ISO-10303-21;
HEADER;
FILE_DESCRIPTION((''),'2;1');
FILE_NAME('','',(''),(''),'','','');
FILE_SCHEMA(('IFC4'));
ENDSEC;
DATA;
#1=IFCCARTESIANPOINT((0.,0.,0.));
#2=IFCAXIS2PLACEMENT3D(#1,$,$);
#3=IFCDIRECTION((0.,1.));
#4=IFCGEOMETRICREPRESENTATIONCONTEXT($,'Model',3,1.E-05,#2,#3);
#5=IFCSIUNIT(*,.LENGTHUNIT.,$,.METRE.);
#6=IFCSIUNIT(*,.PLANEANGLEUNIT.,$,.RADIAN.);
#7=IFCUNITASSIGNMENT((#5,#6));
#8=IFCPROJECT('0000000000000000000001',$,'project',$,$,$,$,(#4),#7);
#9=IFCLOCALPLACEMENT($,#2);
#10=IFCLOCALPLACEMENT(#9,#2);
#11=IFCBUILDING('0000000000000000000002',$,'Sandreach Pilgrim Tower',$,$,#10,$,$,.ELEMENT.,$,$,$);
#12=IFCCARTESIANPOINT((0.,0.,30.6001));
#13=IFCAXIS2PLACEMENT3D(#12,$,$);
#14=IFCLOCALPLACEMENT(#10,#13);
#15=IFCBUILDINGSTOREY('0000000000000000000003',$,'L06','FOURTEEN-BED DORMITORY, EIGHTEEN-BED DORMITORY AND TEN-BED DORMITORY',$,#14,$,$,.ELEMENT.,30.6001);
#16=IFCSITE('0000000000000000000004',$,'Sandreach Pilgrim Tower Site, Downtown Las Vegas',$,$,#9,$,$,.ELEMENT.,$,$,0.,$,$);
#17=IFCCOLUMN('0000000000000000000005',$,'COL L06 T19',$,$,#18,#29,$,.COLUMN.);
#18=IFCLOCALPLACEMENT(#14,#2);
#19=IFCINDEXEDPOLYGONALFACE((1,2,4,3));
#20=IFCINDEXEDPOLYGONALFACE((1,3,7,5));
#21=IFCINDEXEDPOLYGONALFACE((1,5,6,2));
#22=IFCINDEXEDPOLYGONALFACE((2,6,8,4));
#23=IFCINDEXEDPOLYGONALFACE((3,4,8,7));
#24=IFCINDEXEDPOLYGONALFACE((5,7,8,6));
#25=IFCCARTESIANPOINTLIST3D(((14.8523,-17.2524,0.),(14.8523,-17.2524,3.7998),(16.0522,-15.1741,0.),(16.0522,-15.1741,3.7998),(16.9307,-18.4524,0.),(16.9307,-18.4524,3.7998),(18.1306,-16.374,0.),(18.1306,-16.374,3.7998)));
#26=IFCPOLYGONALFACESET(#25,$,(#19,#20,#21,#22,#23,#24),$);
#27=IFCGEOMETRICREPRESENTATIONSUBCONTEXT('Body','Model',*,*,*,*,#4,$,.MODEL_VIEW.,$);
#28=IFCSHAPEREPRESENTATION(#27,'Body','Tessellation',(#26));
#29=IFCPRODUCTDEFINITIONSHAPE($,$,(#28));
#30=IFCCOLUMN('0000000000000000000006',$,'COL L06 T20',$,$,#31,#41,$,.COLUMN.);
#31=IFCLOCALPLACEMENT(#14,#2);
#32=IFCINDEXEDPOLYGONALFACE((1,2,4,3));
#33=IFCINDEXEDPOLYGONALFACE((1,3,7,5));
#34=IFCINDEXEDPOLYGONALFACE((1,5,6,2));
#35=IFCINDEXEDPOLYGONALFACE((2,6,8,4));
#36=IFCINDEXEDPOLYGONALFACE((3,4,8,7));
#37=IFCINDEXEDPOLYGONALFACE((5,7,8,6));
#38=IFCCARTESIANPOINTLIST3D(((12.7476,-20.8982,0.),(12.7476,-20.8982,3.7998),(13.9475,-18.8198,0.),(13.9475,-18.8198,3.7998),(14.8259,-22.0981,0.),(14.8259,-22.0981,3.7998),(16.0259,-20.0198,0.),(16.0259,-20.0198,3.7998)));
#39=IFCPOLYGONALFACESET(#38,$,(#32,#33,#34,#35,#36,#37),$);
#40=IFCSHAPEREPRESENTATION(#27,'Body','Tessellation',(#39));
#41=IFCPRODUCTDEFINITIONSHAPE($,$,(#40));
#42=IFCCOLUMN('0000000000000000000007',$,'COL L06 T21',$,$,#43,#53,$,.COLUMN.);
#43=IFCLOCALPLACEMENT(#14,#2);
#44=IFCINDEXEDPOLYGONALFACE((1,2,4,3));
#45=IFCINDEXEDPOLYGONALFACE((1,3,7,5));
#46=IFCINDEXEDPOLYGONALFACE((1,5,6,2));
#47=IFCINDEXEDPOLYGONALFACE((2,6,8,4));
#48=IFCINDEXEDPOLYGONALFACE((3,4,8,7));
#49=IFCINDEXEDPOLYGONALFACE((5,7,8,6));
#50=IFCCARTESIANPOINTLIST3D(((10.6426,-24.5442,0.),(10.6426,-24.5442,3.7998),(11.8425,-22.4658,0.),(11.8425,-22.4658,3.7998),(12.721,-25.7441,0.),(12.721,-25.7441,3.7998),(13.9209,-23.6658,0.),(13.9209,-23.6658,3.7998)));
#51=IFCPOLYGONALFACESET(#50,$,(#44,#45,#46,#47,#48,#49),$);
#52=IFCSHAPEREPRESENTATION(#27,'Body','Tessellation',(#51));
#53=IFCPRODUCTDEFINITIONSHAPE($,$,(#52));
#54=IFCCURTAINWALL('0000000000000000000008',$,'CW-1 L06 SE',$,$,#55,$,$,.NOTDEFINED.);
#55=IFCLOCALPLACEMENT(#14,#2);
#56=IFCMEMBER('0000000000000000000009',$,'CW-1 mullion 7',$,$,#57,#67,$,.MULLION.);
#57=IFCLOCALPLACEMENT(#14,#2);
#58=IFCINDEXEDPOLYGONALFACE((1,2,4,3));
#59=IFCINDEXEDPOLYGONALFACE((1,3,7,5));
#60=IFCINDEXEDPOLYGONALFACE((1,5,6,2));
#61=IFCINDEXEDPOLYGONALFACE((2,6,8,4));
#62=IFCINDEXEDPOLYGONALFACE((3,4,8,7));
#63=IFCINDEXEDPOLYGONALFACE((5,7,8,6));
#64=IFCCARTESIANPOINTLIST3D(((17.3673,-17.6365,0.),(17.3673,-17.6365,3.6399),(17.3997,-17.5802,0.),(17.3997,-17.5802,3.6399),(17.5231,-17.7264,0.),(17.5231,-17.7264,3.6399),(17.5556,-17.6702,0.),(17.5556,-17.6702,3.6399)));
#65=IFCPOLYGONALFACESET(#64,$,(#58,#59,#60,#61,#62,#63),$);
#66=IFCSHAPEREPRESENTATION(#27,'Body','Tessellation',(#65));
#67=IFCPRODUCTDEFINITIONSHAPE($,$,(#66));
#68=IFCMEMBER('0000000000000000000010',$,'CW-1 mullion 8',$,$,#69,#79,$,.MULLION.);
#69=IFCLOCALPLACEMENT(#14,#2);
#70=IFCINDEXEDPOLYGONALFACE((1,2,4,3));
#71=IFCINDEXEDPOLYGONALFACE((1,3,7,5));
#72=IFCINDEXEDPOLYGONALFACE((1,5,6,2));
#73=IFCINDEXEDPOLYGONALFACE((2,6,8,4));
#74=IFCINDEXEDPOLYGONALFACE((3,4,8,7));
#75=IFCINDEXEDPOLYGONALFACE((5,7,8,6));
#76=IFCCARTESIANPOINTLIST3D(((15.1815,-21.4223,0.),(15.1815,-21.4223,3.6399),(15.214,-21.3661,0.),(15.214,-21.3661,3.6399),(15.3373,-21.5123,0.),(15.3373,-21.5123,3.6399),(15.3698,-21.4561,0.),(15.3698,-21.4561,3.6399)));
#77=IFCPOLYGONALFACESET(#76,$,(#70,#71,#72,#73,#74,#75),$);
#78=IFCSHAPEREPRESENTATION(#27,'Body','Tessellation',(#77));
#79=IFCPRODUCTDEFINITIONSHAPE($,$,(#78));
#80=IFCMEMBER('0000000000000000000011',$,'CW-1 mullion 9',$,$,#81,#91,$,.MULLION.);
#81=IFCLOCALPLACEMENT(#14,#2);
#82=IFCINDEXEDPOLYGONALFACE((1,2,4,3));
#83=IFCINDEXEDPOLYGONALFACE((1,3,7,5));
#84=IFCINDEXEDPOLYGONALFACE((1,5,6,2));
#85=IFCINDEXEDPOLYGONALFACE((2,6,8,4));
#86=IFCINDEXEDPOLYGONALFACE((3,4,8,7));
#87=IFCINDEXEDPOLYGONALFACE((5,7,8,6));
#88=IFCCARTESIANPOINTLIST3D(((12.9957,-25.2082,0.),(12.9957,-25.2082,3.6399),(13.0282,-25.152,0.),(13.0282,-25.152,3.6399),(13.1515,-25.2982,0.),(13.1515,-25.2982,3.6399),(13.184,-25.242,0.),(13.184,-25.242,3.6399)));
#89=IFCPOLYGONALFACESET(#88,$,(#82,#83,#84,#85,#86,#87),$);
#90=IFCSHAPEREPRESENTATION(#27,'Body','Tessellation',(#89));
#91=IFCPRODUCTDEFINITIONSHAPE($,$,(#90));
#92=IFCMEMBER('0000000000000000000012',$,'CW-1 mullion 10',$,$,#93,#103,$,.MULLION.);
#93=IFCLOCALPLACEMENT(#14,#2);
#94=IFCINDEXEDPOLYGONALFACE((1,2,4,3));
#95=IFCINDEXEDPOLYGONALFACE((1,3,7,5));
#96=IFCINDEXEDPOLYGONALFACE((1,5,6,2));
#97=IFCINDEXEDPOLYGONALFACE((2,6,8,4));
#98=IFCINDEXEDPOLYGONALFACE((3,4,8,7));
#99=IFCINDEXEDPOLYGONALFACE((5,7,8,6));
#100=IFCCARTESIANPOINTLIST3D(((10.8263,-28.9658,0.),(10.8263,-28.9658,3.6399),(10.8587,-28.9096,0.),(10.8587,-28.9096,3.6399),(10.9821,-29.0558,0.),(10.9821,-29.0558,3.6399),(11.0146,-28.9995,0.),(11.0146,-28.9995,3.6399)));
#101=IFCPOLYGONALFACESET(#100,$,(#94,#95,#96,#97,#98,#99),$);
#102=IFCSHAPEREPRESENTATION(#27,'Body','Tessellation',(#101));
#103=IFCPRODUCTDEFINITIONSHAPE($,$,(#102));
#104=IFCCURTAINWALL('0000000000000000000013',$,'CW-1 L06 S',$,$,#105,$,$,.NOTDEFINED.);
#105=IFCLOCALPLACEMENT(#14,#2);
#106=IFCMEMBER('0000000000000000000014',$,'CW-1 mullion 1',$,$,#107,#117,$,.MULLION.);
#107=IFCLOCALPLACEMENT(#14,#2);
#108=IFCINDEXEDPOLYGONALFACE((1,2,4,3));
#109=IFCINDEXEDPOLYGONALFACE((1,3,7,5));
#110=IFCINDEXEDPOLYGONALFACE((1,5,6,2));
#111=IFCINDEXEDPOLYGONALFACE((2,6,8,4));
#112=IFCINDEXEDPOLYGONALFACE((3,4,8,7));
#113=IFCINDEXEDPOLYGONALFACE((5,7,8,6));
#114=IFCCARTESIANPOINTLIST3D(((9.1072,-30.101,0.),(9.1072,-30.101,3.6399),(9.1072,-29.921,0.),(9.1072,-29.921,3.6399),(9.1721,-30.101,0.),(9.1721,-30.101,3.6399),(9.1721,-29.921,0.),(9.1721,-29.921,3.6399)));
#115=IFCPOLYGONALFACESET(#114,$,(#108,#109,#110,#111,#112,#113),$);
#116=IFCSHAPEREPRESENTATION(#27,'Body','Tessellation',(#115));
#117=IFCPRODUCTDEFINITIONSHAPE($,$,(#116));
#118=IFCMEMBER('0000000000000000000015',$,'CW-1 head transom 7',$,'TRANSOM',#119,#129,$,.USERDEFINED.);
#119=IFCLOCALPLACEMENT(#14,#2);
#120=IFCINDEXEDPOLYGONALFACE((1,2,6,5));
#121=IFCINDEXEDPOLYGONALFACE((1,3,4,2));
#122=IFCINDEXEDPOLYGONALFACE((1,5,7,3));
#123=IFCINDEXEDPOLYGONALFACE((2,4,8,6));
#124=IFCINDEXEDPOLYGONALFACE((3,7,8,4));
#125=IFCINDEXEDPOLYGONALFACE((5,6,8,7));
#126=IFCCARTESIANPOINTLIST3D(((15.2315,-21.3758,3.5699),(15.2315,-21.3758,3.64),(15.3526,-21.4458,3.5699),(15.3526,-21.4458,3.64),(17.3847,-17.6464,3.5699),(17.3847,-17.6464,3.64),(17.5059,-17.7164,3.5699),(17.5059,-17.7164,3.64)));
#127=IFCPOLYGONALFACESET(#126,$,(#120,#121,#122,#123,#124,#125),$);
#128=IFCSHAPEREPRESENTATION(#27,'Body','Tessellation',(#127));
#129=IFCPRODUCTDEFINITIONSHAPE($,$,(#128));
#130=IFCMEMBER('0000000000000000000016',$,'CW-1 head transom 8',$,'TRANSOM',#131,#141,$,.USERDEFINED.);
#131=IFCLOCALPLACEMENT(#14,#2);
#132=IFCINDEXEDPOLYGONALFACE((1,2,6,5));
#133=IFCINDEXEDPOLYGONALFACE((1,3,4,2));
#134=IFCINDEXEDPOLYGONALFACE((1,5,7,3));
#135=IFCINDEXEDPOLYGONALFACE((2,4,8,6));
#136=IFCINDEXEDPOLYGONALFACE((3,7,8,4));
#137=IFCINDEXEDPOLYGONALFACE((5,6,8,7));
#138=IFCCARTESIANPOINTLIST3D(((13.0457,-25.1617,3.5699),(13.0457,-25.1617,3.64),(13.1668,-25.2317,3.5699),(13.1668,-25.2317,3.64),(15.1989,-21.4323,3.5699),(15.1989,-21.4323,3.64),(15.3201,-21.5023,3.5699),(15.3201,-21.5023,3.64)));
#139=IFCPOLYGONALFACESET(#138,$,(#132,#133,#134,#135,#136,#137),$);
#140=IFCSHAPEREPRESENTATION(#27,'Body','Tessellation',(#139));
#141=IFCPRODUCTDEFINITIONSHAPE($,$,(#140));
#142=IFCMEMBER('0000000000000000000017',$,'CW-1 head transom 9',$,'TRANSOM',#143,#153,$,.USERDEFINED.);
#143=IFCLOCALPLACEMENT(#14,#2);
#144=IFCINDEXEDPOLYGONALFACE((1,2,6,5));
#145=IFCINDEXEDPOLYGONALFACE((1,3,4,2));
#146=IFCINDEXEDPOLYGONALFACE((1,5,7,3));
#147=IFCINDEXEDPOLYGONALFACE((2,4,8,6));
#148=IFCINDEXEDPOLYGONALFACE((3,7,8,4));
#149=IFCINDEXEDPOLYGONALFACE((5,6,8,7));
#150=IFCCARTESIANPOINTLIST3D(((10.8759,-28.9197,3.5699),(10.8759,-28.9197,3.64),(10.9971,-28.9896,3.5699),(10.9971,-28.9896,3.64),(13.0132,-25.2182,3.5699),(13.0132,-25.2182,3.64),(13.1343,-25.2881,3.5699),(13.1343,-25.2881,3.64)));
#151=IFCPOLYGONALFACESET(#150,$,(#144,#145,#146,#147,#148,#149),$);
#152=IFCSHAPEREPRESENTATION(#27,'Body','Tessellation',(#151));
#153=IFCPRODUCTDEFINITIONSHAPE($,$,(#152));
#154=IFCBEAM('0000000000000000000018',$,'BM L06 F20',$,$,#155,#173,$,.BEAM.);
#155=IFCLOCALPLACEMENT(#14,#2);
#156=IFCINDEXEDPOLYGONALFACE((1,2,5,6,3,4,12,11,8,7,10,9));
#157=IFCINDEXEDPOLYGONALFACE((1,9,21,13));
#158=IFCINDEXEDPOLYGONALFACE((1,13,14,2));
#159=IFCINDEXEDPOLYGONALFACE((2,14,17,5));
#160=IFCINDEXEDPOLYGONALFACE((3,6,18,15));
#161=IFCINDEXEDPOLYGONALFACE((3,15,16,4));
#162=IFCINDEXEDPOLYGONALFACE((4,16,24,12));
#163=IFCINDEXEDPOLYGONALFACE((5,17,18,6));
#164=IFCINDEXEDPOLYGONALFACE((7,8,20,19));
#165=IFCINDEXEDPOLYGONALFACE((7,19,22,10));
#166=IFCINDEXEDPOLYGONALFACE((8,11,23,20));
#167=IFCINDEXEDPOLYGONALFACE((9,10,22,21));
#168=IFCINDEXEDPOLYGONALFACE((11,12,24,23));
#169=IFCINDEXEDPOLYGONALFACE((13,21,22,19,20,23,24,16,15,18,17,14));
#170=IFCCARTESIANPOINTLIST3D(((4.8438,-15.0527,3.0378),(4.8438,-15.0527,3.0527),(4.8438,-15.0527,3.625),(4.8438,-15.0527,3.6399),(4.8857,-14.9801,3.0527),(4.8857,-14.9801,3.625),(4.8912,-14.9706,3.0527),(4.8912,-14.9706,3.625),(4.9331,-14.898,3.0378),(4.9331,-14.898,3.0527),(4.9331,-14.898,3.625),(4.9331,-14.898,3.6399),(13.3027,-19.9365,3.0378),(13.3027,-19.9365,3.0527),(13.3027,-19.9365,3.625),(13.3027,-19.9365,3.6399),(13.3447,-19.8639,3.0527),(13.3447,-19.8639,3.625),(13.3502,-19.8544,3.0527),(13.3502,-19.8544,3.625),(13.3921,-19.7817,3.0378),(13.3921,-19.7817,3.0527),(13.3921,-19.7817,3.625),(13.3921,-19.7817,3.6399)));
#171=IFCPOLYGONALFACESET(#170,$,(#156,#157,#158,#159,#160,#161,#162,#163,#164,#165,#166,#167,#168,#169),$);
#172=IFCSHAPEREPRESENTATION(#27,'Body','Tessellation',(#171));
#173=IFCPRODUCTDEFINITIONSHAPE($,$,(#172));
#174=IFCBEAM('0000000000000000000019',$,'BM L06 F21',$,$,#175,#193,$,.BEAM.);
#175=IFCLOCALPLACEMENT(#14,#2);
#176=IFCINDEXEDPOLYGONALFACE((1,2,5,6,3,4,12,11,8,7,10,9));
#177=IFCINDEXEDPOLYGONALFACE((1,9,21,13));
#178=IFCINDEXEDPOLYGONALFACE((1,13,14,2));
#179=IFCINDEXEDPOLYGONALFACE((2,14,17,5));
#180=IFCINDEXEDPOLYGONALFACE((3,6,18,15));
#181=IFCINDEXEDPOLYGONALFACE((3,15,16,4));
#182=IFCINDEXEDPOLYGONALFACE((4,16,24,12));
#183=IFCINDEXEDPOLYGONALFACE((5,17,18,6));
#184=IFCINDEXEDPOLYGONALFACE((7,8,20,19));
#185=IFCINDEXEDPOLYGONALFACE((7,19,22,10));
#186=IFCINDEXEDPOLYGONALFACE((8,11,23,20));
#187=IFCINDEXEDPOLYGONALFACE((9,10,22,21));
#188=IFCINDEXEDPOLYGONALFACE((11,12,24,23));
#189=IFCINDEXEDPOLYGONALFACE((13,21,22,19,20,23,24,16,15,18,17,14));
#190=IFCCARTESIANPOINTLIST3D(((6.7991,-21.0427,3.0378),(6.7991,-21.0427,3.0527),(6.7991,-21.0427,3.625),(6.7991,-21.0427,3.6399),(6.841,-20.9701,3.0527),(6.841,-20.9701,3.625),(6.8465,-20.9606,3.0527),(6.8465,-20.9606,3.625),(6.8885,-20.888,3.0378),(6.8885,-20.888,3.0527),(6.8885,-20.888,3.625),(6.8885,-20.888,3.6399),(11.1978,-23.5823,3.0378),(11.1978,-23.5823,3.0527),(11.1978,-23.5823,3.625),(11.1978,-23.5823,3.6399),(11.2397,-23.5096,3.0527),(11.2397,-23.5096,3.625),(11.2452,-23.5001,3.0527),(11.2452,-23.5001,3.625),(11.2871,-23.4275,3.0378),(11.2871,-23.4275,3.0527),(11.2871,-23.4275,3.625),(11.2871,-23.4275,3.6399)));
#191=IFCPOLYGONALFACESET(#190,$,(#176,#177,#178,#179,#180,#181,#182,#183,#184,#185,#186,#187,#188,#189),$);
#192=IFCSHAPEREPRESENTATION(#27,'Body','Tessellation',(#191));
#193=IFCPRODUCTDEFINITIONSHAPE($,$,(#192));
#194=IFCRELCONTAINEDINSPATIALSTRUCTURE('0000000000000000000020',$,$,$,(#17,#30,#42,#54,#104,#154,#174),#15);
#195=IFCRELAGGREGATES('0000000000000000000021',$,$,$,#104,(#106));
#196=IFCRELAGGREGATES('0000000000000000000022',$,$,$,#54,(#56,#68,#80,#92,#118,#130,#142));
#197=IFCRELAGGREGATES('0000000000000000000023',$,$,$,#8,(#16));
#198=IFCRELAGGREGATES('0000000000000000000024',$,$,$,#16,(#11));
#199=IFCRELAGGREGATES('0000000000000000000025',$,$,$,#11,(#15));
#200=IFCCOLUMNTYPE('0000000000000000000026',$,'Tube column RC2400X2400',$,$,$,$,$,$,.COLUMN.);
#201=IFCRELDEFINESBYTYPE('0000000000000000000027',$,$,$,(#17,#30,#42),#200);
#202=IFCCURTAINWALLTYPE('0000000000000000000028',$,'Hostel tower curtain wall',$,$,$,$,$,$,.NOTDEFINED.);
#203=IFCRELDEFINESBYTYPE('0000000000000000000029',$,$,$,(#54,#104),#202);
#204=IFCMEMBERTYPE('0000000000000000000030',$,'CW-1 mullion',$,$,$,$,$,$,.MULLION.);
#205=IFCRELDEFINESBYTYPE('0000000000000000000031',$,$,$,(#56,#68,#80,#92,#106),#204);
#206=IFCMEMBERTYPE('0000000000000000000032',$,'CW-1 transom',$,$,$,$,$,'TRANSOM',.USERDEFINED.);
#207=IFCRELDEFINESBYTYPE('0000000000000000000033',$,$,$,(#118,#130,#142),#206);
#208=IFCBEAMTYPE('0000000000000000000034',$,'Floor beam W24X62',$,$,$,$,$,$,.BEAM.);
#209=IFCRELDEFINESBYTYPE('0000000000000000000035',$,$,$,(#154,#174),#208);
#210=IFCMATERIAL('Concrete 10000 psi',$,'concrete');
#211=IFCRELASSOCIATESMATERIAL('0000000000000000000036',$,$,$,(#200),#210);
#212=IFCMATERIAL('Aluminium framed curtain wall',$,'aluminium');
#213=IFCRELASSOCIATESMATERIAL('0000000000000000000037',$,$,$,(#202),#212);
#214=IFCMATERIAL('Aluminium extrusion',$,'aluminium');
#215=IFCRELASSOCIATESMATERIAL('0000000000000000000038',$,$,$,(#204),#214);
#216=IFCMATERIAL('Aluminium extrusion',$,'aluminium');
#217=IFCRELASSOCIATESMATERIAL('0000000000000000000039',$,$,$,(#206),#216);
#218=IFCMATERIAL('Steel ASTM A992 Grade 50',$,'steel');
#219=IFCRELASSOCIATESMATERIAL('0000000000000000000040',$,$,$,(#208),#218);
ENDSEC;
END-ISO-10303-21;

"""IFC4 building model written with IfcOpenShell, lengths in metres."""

from ifc_helpers import new_model, si_unit, direction, frame, origin, origin_2d, place, context, subcontext, project, spatial, rectangle, i_section, extrude, material, material_profile, profile_set, type_object, element, aggregate, save


model = new_model("IFC4")

# Units and contexts
model_context = context("Model", 3, precision=1e-05, world=origin(), true_north=direction((0.0, 1.0)))
body_context = subcontext(model_context, "Body", "Model", "MODEL_VIEW")
ifc_project = project(units=[si_unit("LENGTHUNIT", "METRE"), si_unit("PLANEANGLEUNIT", "RADIAN")], contexts=[model_context])

# Site, building, storey
site_placement = place(None, origin())
site = spatial("IfcSite", under=ifc_project, at=site_placement, Name="Sandreach Pilgrim Tower Site, Downtown Las Vegas", CompositionType="ELEMENT", RefElevation=0.0)
building_placement = place(site_placement, origin())
building = spatial("IfcBuilding", under=site, at=building_placement, Name="Sandreach Pilgrim Tower", CompositionType="ELEMENT")
storey_placement = place(building_placement, frame((0.0, 0.0, 30.6001)))
storey = spatial("IfcBuildingStorey", under=building, at=storey_placement, Name="L06", Description="FOURTEEN-BED DORMITORY, EIGHTEEN-BED DORMITORY AND TEN-BED DORMITORY", CompositionType="ELEMENT", Elevation=30.6001)

# Columns
ifc_material_1 = material(Name="Concrete 10000 psi", Category="concrete")
ifc_material_profile_1 = material_profile(ifc_material_1, rectangle(XDim=2.3999, YDim=2.3999, at=origin_2d()), Name="RC2400X2400")
ifc_profile_set_1 = profile_set([ifc_material_profile_1], Name="Concrete 10000 psi")
column_type = type_object("IfcColumnType", Name="Tube column RC2400X2400", PredefinedType="COLUMN", material=ifc_profile_set_1)
for number, where, z_axis, x_axis, name in (
    (1, (16.4915, -16.8132, 0.0), (0.0, 0.0, 1.0), (0.866025, -0.5, 0.0), "COL L06 T19"),
    (2, (14.3867, -20.459, 0.0), (0.0, 0.0, 1.0), (0.866025, -0.5, 0.0), "COL L06 T20"),
    (3, (12.2817, -24.105, 0.0), (0.0, 0.0, 1.0), (0.866025, -0.5, 0.0), "COL L06 T21"),
):
    element("IfcColumn", number, at=place(storey_placement, frame(where, z_axis=z_axis, x_axis=x_axis)), inside=storey, type_object=column_type, Name=name, PredefinedType="COLUMN", context=body_context, shape_type="SweptSolid", body=[
        extrude(rectangle(XDim=2.3999, YDim=2.3999, at=origin_2d()), origin(), (0.0, 0.0, 1.0), 3.7998),
    ])

# Curtain wall, members
ifc_material_2 = material(Name="Aluminium framed curtain wall", Category="aluminium")
curtain_wall_type = type_object("IfcCurtainWallType", Name="Hostel tower curtain wall", PredefinedType="NOTDEFINED", material=ifc_material_2)
curtain_wall_1_placement = place(storey_placement, origin())
curtain_wall_1 = element("IfcCurtainWall", 4, at=curtain_wall_1_placement, inside=storey, type_object=curtain_wall_type, Name="CW-1 L06 SE", PredefinedType="NOTDEFINED")
ifc_material_3 = material(Name="Aluminium extrusion", Category="aluminium")
ifc_material_profile_2 = material_profile(ifc_material_3, rectangle(XDim=0.0649, YDim=0.1799, at=origin_2d()), Name="CW-1M 65X180")
ifc_profile_set_2 = profile_set([ifc_material_profile_2], Name="Aluminium extrusion")
member_type_1 = type_object("IfcMemberType", Name="CW-1 mullion", PredefinedType="MULLION", material=ifc_profile_set_2)
member_1_placement = place(storey_placement, frame((17.4614, -17.6533, 0.0), z_axis=(0.0, 0.0, 1.0), x_axis=(-0.5, -0.866025, 0.0)))
member_1 = element("IfcMember", 5, at=member_1_placement, type_object=member_type_1, Name="CW-1 mullion 7", PredefinedType="MULLION", context=body_context, shape_type="SweptSolid", body=[
    extrude(rectangle(XDim=0.0649, YDim=0.1799, at=origin_2d()), origin(), (0.0, 0.0, 1.0), 3.6399),
])
member_2_placement = place(storey_placement, frame((15.2756, -21.4392, 0.0), z_axis=(0.0, 0.0, 1.0), x_axis=(-0.5, -0.866025, 0.0)))
member_2 = element("IfcMember", 6, at=member_2_placement, type_object=member_type_1, Name="CW-1 mullion 8", PredefinedType="MULLION", context=body_context, shape_type="SweptSolid", body=[
    extrude(rectangle(XDim=0.0649, YDim=0.1799, at=origin_2d()), origin(), (0.0, 0.0, 1.0), 3.6399),
])
member_3_placement = place(storey_placement, frame((13.0898, -25.2251, 0.0), z_axis=(0.0, 0.0, 1.0), x_axis=(-0.5, -0.866025, 0.0)))
member_3 = element("IfcMember", 7, at=member_3_placement, type_object=member_type_1, Name="CW-1 mullion 9", PredefinedType="MULLION", context=body_context, shape_type="SweptSolid", body=[
    extrude(rectangle(XDim=0.0649, YDim=0.1799, at=origin_2d()), origin(), (0.0, 0.0, 1.0), 3.6399),
])
member_4_placement = place(storey_placement, frame((10.9204, -28.9827, 0.0), z_axis=(0.0, 0.0, 1.0), x_axis=(-0.5, -0.866025, 0.0)))
member_4 = element("IfcMember", 8, at=member_4_placement, type_object=member_type_1, Name="CW-1 mullion 10", PredefinedType="MULLION", context=body_context, shape_type="SweptSolid", body=[
    extrude(rectangle(XDim=0.0649, YDim=0.1799, at=origin_2d()), origin(), (0.0, 0.0, 1.0), 3.6399),
])

# Curtain wall, member
curtain_wall_2_placement = place(storey_placement, origin())
curtain_wall_2 = element("IfcCurtainWall", 9, at=curtain_wall_2_placement, inside=storey, type_object=curtain_wall_type, Name="CW-1 L06 S", PredefinedType="NOTDEFINED")
member_5_placement = place(storey_placement, frame((9.1396, -30.011, 0.0), z_axis=(0.0, 0.0, 1.0), x_axis=(-1.0, 0.0, 0.0)))
member_5 = element("IfcMember", 10, at=member_5_placement, type_object=member_type_1, Name="CW-1 mullion 1", PredefinedType="MULLION", context=body_context, shape_type="SweptSolid", body=[
    extrude(rectangle(XDim=0.0649, YDim=0.1799, at=origin_2d()), origin(), (0.0, 0.0, 1.0), 3.6399),
])
aggregate(curtain_wall_2, [member_5])

# Members
ifc_material_4 = material(Name="Aluminium extrusion", Category="aluminium")
ifc_material_profile_3 = material_profile(ifc_material_4, rectangle(XDim=0.1399, YDim=0.0701, at=origin_2d()), Name="CW-1T 140X70")
ifc_profile_set_3 = profile_set([ifc_material_profile_3], Name="Aluminium extrusion")
member_type_2 = type_object("IfcMemberType", Name="CW-1 transom", ElementType="TRANSOM", PredefinedType="USERDEFINED", material=ifc_profile_set_3)
member_6_placement = place(storey_placement, frame((17.4453, -17.6814, 3.605), z_axis=(-0.500017, -0.866016, 0.0), x_axis=(0.866016, -0.500017, 0.0)))
member_6 = element("IfcMember", 11, at=member_6_placement, type_object=member_type_2, Name="CW-1 head transom 7", ObjectType="TRANSOM", PredefinedType="USERDEFINED", context=body_context, shape_type="SweptSolid", body=[
    extrude(rectangle(XDim=0.1399, YDim=0.0701, at=origin_2d()), origin(), (0.0, 0.0, 1.0), 4.3064),
])
member_7_placement = place(storey_placement, frame((15.2595, -21.4673, 3.605), z_axis=(-0.500017, -0.866016, 0.0), x_axis=(0.866016, -0.500017, 0.0)))
member_7 = element("IfcMember", 12, at=member_7_placement, type_object=member_type_2, Name="CW-1 head transom 8", ObjectType="TRANSOM", PredefinedType="USERDEFINED", context=body_context, shape_type="SweptSolid", body=[
    extrude(rectangle(XDim=0.1399, YDim=0.0701, at=origin_2d()), origin(), (0.0, 0.0, 1.0), 4.3064),
])
member_8_placement = place(storey_placement, frame((13.0737, -25.2532, 3.605), z_axis=(-0.500034, -0.866006, 0.0), x_axis=(0.866006, -0.500034, 0.0)))
member_8 = element("IfcMember", 13, at=member_8_placement, type_object=member_type_2, Name="CW-1 head transom 9", ObjectType="TRANSOM", PredefinedType="USERDEFINED", context=body_context, shape_type="SweptSolid", body=[
    extrude(rectangle(XDim=0.1399, YDim=0.0701, at=origin_2d()), origin(), (0.0, 0.0, 1.0), 4.2742),
])

# Beams
ifc_material_5 = material(Name="Steel ASTM A992 Grade 50", Category="steel")
ifc_material_profile_4 = material_profile(ifc_material_5, i_section(OverallWidth=0.1787, OverallDepth=0.6021, WebThickness=0.011, FlangeThickness=0.0149, at=origin_2d()), Name="W24X62")
ifc_profile_set_4 = profile_set([ifc_material_profile_4], Name="Steel ASTM A992 Grade 50")
beam_type_1 = type_object("IfcBeamType", Name="Floor beam W24X62", PredefinedType="BEAM", material=ifc_profile_set_4)
beam_1_placement = place(storey_placement, frame((13.3474, -19.8591, 3.3389), z_axis=(-0.866026, 0.499999, 0.0), x_axis=(-0.499999, -0.866026, 0.0)))
element("IfcBeam", 14, at=beam_1_placement, inside=storey, type_object=beam_type_1, Name="BM L06 F20", PredefinedType="BEAM", context=body_context, shape_type="SweptSolid", body=[
    extrude(i_section(OverallWidth=0.1787, OverallDepth=0.6021, WebThickness=0.011, FlangeThickness=0.0149, at=origin_2d()), origin(), (0.0, 0.0, 1.0), 9.7676),
])
beam_2_placement = place(storey_placement, frame((11.2424, -23.5049, 3.3389), z_axis=(-0.866028, 0.499996, 0.0), x_axis=(-0.499996, -0.866028, 0.0)))
element("IfcBeam", 15, at=beam_2_placement, inside=storey, type_object=beam_type_1, Name="BM L06 F21", PredefinedType="BEAM", context=body_context, shape_type="SweptSolid", body=[
    extrude(i_section(OverallWidth=0.1787, OverallDepth=0.6021, WebThickness=0.011, FlangeThickness=0.0149, at=origin_2d()), origin(), (0.0, 0.0, 1.0), 5.0791),
])

aggregate(curtain_wall_1, [member_1, member_2, member_3, member_4, member_6, member_7, member_8])

save(model, "model.ifc")
